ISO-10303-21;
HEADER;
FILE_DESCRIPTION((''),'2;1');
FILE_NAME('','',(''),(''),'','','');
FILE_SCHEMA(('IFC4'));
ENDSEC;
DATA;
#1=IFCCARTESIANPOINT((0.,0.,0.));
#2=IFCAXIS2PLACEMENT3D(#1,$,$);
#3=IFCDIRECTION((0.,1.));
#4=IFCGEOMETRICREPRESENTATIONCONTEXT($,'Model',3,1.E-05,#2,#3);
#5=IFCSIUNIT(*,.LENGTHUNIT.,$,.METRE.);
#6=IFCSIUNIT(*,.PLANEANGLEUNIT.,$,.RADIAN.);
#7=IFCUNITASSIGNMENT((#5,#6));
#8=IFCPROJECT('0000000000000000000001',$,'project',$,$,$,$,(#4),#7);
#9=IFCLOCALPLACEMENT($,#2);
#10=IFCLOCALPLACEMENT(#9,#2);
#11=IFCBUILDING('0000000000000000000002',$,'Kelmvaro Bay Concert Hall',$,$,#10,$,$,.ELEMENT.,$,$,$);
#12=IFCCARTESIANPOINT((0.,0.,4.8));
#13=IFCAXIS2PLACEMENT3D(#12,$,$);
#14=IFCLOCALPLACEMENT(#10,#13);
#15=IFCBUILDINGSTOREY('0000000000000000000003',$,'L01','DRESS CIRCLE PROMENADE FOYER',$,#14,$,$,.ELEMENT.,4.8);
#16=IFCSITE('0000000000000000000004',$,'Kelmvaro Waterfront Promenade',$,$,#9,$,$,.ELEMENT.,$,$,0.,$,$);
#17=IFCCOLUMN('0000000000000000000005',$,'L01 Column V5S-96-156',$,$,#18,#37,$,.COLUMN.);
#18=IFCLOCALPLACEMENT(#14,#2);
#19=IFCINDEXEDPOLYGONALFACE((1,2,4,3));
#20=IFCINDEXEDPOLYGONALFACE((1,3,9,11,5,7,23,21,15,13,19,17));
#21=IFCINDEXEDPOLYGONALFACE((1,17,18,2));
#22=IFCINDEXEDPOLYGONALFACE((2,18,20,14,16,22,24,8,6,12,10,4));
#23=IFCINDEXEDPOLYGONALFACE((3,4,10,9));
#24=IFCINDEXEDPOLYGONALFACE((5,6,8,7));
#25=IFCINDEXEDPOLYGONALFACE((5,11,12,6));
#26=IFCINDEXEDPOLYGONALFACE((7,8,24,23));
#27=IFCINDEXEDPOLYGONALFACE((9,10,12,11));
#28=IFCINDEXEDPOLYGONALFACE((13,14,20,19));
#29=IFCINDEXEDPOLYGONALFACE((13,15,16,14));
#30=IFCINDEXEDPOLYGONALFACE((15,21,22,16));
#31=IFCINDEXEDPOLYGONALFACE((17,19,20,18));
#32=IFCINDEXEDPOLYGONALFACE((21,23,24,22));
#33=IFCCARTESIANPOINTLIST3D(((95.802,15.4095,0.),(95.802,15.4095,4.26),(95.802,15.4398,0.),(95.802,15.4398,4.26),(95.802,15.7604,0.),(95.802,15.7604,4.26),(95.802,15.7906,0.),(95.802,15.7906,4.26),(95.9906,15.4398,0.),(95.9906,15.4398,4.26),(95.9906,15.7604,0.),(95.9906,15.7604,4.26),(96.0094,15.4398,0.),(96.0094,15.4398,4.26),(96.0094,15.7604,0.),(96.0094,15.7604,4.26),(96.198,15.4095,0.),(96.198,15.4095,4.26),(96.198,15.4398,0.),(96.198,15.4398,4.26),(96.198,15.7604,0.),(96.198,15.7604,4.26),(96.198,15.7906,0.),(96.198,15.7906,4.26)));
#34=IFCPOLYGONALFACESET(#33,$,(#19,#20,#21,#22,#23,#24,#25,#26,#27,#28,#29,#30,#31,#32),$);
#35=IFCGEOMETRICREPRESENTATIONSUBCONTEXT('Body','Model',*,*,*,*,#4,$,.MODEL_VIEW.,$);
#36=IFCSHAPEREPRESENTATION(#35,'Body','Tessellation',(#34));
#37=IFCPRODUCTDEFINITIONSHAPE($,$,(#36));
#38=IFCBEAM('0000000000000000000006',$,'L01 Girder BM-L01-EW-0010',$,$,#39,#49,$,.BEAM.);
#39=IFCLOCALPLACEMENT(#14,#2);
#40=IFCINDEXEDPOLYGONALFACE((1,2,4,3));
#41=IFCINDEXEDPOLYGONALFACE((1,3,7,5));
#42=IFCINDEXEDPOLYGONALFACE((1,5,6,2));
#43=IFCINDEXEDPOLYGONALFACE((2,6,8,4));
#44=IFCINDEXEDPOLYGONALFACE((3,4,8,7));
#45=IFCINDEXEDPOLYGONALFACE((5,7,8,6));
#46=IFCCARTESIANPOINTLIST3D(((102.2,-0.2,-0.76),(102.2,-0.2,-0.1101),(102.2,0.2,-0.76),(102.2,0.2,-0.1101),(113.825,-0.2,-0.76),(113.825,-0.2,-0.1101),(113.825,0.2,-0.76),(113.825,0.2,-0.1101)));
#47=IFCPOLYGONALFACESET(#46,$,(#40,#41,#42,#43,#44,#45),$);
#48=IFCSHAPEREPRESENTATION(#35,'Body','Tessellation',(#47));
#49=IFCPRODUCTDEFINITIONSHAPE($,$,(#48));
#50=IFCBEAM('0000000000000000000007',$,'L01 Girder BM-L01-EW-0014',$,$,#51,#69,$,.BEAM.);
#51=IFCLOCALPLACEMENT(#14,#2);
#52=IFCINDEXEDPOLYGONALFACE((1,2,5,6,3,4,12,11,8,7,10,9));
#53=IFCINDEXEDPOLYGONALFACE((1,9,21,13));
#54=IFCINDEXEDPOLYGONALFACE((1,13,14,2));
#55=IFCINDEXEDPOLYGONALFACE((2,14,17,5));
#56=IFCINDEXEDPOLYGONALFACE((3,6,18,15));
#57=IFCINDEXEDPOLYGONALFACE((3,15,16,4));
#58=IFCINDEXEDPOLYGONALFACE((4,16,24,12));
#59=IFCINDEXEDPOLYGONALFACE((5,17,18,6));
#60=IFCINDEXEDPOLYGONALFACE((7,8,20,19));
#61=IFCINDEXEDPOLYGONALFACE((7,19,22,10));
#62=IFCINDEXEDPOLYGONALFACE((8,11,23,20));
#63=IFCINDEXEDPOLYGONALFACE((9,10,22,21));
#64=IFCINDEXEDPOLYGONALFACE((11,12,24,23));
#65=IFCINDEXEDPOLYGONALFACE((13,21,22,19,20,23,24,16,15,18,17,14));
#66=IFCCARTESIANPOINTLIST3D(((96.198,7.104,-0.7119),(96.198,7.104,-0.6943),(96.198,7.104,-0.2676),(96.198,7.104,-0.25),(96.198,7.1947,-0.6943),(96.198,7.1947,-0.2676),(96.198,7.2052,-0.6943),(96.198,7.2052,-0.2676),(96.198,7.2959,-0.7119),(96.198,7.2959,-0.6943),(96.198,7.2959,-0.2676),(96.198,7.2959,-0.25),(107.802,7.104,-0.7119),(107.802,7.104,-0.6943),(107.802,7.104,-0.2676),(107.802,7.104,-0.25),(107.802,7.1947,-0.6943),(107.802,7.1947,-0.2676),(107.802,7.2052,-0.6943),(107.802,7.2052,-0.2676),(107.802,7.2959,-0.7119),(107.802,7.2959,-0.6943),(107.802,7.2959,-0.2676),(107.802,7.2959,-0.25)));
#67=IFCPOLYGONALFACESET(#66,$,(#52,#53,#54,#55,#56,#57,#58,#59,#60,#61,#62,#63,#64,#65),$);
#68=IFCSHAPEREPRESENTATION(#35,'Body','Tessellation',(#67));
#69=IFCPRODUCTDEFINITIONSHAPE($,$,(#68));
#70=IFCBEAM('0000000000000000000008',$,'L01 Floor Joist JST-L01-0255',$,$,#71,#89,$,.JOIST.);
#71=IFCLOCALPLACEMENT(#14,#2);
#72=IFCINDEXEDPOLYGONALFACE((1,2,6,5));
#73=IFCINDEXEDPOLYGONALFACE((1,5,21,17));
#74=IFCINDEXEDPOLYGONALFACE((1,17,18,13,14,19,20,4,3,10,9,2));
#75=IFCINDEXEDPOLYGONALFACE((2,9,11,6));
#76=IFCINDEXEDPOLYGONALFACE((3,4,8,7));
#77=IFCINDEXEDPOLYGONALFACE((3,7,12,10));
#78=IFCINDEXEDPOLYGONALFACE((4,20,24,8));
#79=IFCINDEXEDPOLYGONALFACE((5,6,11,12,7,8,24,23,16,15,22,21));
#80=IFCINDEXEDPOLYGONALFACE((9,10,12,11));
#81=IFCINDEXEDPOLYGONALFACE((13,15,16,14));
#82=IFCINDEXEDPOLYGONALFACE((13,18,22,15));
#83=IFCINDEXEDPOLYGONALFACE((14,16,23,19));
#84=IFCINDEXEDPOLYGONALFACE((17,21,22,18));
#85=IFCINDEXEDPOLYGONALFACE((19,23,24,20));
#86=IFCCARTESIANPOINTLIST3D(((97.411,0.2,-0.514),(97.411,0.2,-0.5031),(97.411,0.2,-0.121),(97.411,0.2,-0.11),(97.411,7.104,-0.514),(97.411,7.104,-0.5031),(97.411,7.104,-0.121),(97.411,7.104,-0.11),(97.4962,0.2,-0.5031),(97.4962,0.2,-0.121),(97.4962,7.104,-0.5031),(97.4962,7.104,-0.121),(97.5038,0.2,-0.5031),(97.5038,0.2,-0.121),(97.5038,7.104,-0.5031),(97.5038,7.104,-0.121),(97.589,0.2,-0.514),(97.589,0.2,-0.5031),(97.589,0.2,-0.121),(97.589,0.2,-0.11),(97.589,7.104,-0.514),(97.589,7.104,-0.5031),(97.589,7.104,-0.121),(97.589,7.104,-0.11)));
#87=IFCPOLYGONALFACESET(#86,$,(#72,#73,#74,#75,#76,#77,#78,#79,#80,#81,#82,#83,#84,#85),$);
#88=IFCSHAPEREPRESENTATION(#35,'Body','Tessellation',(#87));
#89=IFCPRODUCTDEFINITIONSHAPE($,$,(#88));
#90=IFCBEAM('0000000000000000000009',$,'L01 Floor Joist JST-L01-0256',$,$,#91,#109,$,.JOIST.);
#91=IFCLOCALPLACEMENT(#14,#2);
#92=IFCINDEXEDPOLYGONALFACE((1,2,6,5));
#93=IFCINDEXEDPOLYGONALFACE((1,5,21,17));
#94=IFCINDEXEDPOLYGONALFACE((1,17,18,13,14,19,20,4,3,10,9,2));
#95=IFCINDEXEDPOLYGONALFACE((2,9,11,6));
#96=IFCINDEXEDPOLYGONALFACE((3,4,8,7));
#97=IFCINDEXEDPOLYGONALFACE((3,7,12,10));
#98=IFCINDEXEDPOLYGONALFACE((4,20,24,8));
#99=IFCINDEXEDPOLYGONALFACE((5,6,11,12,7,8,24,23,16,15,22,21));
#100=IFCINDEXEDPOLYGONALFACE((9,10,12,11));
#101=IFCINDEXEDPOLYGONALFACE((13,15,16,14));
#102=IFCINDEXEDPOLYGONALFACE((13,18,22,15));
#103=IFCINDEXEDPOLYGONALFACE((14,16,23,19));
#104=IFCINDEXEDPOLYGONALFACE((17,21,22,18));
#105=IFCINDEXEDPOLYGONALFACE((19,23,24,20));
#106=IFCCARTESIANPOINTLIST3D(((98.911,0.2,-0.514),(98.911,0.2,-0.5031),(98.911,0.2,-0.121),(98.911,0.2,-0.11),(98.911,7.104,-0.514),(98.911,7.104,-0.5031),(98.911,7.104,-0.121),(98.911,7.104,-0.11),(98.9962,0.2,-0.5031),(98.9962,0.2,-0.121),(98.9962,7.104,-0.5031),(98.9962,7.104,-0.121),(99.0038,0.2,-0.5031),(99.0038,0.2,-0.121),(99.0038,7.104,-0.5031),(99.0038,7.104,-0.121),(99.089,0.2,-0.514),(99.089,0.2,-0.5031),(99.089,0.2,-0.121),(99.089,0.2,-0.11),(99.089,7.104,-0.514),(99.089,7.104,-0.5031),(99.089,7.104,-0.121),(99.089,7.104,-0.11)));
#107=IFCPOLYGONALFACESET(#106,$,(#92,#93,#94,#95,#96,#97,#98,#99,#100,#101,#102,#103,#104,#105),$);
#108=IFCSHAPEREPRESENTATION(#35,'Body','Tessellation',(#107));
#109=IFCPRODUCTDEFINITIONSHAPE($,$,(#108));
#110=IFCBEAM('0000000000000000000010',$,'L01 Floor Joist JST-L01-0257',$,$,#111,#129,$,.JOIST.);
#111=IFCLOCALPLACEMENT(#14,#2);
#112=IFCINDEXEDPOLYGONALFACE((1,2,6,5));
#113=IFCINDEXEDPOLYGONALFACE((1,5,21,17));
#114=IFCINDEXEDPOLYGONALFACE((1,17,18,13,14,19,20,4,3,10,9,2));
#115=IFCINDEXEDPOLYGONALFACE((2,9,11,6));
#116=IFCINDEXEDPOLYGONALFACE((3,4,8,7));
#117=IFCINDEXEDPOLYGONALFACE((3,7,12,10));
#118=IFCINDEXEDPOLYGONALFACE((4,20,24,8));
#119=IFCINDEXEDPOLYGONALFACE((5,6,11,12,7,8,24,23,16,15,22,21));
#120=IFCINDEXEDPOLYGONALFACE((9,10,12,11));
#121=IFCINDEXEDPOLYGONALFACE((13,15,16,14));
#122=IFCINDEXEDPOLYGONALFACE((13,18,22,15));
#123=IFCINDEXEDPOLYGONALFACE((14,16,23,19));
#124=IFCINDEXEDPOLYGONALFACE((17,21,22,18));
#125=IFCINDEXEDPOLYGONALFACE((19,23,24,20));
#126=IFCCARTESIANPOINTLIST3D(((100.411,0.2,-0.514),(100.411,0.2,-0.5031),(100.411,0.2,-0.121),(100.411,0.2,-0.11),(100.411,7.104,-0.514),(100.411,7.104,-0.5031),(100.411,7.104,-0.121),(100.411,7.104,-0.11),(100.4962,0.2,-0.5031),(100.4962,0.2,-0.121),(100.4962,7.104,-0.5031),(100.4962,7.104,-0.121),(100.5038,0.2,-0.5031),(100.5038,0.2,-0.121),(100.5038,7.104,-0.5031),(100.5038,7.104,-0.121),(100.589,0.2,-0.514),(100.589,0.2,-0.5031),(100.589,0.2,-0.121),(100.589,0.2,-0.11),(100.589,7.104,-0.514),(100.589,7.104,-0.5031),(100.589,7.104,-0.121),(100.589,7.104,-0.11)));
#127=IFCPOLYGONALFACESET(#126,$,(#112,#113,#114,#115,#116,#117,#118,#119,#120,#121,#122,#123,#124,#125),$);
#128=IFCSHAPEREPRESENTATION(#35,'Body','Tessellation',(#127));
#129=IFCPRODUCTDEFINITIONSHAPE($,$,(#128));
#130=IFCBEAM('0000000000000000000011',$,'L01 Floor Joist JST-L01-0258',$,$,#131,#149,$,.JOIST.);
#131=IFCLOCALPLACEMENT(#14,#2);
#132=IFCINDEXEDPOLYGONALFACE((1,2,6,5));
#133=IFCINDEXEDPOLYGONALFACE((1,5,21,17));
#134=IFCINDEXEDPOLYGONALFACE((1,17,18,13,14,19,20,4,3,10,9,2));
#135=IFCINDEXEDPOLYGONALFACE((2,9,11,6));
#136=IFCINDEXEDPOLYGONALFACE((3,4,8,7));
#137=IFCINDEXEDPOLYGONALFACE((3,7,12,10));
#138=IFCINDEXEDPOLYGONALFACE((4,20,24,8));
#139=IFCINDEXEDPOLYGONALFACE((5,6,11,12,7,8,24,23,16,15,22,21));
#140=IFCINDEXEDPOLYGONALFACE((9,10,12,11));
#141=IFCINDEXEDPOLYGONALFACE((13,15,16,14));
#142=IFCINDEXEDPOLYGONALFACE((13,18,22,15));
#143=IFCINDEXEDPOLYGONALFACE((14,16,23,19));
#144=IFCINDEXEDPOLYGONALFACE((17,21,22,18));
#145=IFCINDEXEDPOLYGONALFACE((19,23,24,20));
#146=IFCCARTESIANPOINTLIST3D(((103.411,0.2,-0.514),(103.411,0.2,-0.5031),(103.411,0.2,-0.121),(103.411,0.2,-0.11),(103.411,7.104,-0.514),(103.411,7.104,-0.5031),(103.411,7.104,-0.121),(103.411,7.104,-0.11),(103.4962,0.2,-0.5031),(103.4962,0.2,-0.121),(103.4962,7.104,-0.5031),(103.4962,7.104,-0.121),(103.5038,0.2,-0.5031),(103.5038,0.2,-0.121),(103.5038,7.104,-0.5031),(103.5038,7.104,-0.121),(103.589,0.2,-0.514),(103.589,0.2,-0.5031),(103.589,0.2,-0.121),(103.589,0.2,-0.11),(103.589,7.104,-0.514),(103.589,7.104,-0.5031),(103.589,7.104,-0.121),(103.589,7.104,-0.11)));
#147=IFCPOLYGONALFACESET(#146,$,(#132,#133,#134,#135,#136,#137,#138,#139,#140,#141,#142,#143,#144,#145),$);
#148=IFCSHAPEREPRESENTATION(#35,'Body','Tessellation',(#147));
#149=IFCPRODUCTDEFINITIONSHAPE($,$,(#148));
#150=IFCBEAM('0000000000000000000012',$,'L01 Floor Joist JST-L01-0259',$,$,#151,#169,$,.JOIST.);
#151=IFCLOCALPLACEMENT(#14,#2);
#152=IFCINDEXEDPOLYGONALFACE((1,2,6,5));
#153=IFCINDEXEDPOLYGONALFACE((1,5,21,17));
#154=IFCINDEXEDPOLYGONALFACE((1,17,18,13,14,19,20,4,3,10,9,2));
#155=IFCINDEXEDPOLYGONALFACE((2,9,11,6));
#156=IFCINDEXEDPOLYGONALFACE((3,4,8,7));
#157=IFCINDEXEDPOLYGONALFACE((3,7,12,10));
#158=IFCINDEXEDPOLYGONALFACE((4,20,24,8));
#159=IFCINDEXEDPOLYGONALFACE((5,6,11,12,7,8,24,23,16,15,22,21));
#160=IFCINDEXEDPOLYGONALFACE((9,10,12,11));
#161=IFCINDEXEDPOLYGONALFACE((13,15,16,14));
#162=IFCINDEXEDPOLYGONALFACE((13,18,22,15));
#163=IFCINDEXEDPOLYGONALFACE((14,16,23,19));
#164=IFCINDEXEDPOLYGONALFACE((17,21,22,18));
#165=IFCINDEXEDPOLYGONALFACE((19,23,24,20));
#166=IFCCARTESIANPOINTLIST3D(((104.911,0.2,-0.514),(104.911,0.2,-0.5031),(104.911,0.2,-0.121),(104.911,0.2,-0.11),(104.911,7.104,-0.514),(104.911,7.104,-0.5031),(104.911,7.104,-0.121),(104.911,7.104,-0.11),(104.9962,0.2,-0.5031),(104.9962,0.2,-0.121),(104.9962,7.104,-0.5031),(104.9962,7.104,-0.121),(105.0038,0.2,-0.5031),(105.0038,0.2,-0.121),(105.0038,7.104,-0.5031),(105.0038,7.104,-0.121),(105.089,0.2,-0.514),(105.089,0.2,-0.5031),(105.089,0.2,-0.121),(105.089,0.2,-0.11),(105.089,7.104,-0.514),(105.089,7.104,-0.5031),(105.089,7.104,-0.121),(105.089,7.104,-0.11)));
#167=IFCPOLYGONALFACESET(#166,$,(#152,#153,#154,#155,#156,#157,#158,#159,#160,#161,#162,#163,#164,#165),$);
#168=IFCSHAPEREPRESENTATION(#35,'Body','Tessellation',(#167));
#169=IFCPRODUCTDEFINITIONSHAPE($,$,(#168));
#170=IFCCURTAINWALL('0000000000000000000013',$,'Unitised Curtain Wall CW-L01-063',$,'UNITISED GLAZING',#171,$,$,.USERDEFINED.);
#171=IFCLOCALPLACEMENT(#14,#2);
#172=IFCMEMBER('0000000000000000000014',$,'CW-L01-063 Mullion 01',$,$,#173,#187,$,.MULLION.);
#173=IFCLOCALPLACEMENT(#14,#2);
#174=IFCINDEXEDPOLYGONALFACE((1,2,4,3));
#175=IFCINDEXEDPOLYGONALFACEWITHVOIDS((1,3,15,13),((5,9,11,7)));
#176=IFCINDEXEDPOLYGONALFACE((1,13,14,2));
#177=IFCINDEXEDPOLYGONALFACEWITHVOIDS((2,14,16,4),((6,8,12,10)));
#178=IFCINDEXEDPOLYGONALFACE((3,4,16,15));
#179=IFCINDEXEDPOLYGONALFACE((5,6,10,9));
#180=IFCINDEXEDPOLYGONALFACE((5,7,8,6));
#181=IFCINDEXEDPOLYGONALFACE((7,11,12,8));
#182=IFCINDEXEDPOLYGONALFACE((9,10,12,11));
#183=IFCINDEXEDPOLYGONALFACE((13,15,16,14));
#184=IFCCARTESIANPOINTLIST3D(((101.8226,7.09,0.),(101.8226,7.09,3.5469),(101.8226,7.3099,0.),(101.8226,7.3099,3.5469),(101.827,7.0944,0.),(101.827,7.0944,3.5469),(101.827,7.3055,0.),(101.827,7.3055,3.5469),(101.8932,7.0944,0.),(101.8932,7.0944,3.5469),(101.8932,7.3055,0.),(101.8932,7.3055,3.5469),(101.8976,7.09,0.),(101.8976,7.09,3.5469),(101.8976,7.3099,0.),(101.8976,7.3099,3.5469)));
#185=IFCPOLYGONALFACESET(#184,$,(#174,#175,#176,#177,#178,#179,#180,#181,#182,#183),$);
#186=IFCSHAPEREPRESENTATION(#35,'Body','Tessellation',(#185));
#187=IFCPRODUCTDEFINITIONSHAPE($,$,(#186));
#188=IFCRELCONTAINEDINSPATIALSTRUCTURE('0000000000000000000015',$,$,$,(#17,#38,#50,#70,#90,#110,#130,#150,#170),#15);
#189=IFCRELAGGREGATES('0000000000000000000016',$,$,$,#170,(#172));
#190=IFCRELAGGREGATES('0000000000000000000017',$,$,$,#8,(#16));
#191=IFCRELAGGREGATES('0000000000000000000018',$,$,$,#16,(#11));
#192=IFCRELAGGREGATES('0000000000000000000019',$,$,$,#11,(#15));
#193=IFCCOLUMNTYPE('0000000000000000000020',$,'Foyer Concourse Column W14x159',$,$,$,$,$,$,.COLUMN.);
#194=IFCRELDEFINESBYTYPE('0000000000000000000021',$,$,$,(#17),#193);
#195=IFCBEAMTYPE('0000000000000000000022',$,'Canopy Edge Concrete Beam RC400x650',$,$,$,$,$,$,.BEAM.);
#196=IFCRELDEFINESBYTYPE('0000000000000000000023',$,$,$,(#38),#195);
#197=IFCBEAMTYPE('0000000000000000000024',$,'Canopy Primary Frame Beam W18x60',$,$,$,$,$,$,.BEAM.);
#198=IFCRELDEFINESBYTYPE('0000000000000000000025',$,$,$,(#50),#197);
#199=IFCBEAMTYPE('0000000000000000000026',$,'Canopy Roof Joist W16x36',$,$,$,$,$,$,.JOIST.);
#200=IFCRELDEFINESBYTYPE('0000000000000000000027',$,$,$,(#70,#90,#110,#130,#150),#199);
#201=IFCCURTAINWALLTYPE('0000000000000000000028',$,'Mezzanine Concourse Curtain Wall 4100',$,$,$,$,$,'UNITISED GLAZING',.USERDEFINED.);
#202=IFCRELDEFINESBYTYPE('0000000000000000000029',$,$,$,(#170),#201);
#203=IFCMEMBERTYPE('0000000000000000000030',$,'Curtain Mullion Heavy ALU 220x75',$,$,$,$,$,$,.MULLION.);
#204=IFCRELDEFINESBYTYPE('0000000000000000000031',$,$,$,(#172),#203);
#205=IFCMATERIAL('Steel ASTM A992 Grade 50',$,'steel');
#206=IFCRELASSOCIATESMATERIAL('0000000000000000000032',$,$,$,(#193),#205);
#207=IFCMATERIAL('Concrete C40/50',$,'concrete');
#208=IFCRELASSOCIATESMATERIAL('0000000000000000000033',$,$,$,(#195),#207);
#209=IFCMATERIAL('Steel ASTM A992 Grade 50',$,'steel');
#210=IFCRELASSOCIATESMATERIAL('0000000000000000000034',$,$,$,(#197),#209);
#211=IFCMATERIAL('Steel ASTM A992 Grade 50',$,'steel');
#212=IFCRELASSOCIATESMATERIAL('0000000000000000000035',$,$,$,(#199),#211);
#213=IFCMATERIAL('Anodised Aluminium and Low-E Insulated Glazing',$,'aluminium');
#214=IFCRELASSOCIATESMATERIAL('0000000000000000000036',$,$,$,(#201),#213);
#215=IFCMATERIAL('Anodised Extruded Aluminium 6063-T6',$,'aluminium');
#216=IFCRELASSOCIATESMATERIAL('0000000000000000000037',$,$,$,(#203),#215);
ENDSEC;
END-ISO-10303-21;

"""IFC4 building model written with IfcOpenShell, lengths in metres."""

from ifc_helpers import new_model, si_unit, direction, frame, origin, origin_2d, place, context, subcontext, project, spatial, rectangle, hollow_rectangle, i_section, extrude, material, material_profile, profile_set, type_object, element, aggregate, save


model = new_model("IFC4")

# Units and contexts
model_context = context("Model", 3, precision=1e-05, world=origin(), true_north=direction((0.0, 1.0)))
body_context = subcontext(model_context, "Body", "Model", "MODEL_VIEW")
ifc_project = project(units=[si_unit("LENGTHUNIT", "METRE"), si_unit("PLANEANGLEUNIT", "RADIAN")], contexts=[model_context])

# Site, building, storey
site_placement = place(None, origin())
site = spatial("IfcSite", under=ifc_project, at=site_placement, Name="Kelmvaro Waterfront Promenade", CompositionType="ELEMENT", RefElevation=0.0)
building_placement = place(site_placement, origin())
building = spatial("IfcBuilding", under=site, at=building_placement, Name="Kelmvaro Bay Concert Hall", CompositionType="ELEMENT")
storey_placement = place(building_placement, frame((0.0, 0.0, 4.8)))
storey = spatial("IfcBuildingStorey", under=building, at=storey_placement, Name="L01", Description="DRESS CIRCLE PROMENADE FOYER", CompositionType="ELEMENT", Elevation=4.8)

# Column
ifc_material_1 = material(Name="Steel ASTM A992 Grade 50", Category="steel")
ifc_material_profile_1 = material_profile(ifc_material_1, i_section(OverallWidth=0.396, OverallDepth=0.3811, WebThickness=0.0188, FlangeThickness=0.0303, at=origin_2d()), Name="W14X159")
ifc_profile_set_1 = profile_set([ifc_material_profile_1], Name="Steel ASTM A992 Grade 50")
column_type = type_object("IfcColumnType", Name="Foyer Concourse Column W14x159", PredefinedType="COLUMN", material=ifc_profile_set_1)
column_placement = place(storey_placement, frame((96.0, 15.6001, 0.0), z_axis=(0.0, 0.0, 1.0), x_axis=(1.0, 0.0, 0.0)))
element("IfcColumn", 1, at=column_placement, inside=storey, type_object=column_type, Name="L01 Column V5S-96-156", PredefinedType="COLUMN", context=body_context, shape_type="SweptSolid", body=[
    extrude(i_section(OverallWidth=0.396, OverallDepth=0.3811, WebThickness=0.0188, FlangeThickness=0.0303, at=origin_2d()), origin(), (0.0, 0.0, 1.0), 4.26),
])

# Beams
ifc_material_2 = material(Name="Concrete C40/50", Category="concrete")
ifc_material_profile_2 = material_profile(ifc_material_2, rectangle(XDim=0.3999, YDim=0.6499, at=origin_2d()), Name="RC-BM-400X650")
ifc_profile_set_2 = profile_set([ifc_material_profile_2], Name="Concrete C40/50")
beam_type_1 = type_object("IfcBeamType", Name="Canopy Edge Concrete Beam RC400x650", PredefinedType="BEAM", material=ifc_profile_set_2)
beam_1_placement = place(storey_placement, frame((102.2, 0.0, -0.4351), z_axis=(1.0, 0.0, 0.0), x_axis=(0.0, 1.0, 0.0)))
element("IfcBeam", 2, at=beam_1_placement, inside=storey, type_object=beam_type_1, Name="L01 Girder BM-L01-EW-0010", PredefinedType="BEAM", context=body_context, shape_type="SweptSolid", body=[
    extrude(rectangle(XDim=0.3999, YDim=0.6499, at=origin_2d()), origin(), (0.0, 0.0, 1.0), 11.625),
])
ifc_material_3 = material(Name="Steel ASTM A992 Grade 50", Category="steel")
ifc_material_profile_3 = material_profile(ifc_material_3, i_section(OverallWidth=0.1919, OverallDepth=0.4619, WebThickness=0.0105, FlangeThickness=0.0176, at=origin_2d()), Name="W18X60")
ifc_profile_set_3 = profile_set([ifc_material_profile_3], Name="Steel ASTM A992 Grade 50")
beam_type_2 = type_object("IfcBeamType", Name="Canopy Primary Frame Beam W18x60", PredefinedType="BEAM", material=ifc_profile_set_3)
beam_2_placement = place(storey_placement, frame((96.198, 7.2, -0.481), z_axis=(1.0, 0.0, 0.0), x_axis=(0.0, 1.0, 0.0)))
element("IfcBeam", 3, at=beam_2_placement, inside=storey, type_object=beam_type_2, Name="L01 Girder BM-L01-EW-0014", PredefinedType="BEAM", context=body_context, shape_type="SweptSolid", body=[
    extrude(i_section(OverallWidth=0.1919, OverallDepth=0.4619, WebThickness=0.0105, FlangeThickness=0.0176, at=origin_2d()), origin(), (0.0, 0.0, 1.0), 11.604),
])
ifc_material_4 = material(Name="Steel ASTM A992 Grade 50", Category="steel")
ifc_material_profile_4 = material_profile(ifc_material_4, i_section(OverallWidth=0.178, OverallDepth=0.4041, WebThickness=0.0076, FlangeThickness=0.011, at=origin_2d()), Name="W16X36")
ifc_profile_set_4 = profile_set([ifc_material_profile_4], Name="Steel ASTM A992 Grade 50")
beam_type_3 = type_object("IfcBeamType", Name="Canopy Roof Joist W16x36", PredefinedType="JOIST", material=ifc_profile_set_4)
for number, where, z_axis, x_axis, name in (
    (4, (97.5, 0.2, -0.312), (0.0, 1.0, 0.0), (-1.0, 0.0, 0.0), "L01 Floor Joist JST-L01-0255"),
    (5, (99.0, 0.2, -0.312), (0.0, 1.0, 0.0), (-1.0, 0.0, 0.0), "L01 Floor Joist JST-L01-0256"),
    (6, (100.5, 0.2, -0.312), (0.0, 1.0, 0.0), (-1.0, 0.0, 0.0), "L01 Floor Joist JST-L01-0257"),
    (7, (103.5, 0.2, -0.312), (0.0, 1.0, 0.0), (-1.0, 0.0, 0.0), "L01 Floor Joist JST-L01-0258"),
    (8, (105.0, 0.2, -0.312), (0.0, 1.0, 0.0), (-1.0, 0.0, 0.0), "L01 Floor Joist JST-L01-0259"),
):
    element("IfcBeam", number, at=place(storey_placement, frame(where, z_axis=z_axis, x_axis=x_axis)), inside=storey, type_object=beam_type_3, Name=name, PredefinedType="JOIST", context=body_context, shape_type="SweptSolid", body=[
        extrude(i_section(OverallWidth=0.178, OverallDepth=0.4041, WebThickness=0.0076, FlangeThickness=0.011, at=origin_2d()), origin(), (0.0, 0.0, 1.0), 6.9041),
    ])

# Curtain wall, member
ifc_material_5 = material(Name="Anodised Aluminium and Low-E Insulated Glazing", Category="aluminium")
curtain_wall_type = type_object("IfcCurtainWallType", Name="Mezzanine Concourse Curtain Wall 4100", ElementType="UNITISED GLAZING", PredefinedType="USERDEFINED", material=ifc_material_5)
curtain_wall_1_placement = place(storey_placement, origin())
curtain_wall_1 = element("IfcCurtainWall", 9, at=curtain_wall_1_placement, inside=storey, type_object=curtain_wall_type, Name="Unitised Curtain Wall CW-L01-063", ObjectType="UNITISED GLAZING", PredefinedType="USERDEFINED")
ifc_material_6 = material(Name="Anodised Extruded Aluminium 6063-T6", Category="aluminium")
ifc_material_profile_5 = material_profile(ifc_material_6, hollow_rectangle(XDim=0.075, YDim=0.22, WallThickness=0.0044, at=origin_2d()), Name="ALU-MUL-220X75")
ifc_profile_set_5 = profile_set([ifc_material_profile_5], Name="Anodised Extruded Aluminium 6063-T6")
member_type_1 = type_object("IfcMemberType", Name="Curtain Mullion Heavy ALU 220x75", PredefinedType="MULLION", material=ifc_profile_set_5)
member_1_placement = place(storey_placement, frame((101.8601, 7.2, 0.0), z_axis=(0.0, 0.0, 1.0), x_axis=(1.0, 0.0, 0.0)))
member_1 = element("IfcMember", 10, at=member_1_placement, type_object=member_type_1, Name="CW-L01-063 Mullion 01", PredefinedType="MULLION", context=body_context, shape_type="SweptSolid", body=[
    extrude(hollow_rectangle(XDim=0.075, YDim=0.22, WallThickness=0.0044, at=origin_2d()), origin(), (0.0, 0.0, 1.0), 3.5469),
])

aggregate(curtain_wall_1, [member_1])

save(model, "model.ifc")
